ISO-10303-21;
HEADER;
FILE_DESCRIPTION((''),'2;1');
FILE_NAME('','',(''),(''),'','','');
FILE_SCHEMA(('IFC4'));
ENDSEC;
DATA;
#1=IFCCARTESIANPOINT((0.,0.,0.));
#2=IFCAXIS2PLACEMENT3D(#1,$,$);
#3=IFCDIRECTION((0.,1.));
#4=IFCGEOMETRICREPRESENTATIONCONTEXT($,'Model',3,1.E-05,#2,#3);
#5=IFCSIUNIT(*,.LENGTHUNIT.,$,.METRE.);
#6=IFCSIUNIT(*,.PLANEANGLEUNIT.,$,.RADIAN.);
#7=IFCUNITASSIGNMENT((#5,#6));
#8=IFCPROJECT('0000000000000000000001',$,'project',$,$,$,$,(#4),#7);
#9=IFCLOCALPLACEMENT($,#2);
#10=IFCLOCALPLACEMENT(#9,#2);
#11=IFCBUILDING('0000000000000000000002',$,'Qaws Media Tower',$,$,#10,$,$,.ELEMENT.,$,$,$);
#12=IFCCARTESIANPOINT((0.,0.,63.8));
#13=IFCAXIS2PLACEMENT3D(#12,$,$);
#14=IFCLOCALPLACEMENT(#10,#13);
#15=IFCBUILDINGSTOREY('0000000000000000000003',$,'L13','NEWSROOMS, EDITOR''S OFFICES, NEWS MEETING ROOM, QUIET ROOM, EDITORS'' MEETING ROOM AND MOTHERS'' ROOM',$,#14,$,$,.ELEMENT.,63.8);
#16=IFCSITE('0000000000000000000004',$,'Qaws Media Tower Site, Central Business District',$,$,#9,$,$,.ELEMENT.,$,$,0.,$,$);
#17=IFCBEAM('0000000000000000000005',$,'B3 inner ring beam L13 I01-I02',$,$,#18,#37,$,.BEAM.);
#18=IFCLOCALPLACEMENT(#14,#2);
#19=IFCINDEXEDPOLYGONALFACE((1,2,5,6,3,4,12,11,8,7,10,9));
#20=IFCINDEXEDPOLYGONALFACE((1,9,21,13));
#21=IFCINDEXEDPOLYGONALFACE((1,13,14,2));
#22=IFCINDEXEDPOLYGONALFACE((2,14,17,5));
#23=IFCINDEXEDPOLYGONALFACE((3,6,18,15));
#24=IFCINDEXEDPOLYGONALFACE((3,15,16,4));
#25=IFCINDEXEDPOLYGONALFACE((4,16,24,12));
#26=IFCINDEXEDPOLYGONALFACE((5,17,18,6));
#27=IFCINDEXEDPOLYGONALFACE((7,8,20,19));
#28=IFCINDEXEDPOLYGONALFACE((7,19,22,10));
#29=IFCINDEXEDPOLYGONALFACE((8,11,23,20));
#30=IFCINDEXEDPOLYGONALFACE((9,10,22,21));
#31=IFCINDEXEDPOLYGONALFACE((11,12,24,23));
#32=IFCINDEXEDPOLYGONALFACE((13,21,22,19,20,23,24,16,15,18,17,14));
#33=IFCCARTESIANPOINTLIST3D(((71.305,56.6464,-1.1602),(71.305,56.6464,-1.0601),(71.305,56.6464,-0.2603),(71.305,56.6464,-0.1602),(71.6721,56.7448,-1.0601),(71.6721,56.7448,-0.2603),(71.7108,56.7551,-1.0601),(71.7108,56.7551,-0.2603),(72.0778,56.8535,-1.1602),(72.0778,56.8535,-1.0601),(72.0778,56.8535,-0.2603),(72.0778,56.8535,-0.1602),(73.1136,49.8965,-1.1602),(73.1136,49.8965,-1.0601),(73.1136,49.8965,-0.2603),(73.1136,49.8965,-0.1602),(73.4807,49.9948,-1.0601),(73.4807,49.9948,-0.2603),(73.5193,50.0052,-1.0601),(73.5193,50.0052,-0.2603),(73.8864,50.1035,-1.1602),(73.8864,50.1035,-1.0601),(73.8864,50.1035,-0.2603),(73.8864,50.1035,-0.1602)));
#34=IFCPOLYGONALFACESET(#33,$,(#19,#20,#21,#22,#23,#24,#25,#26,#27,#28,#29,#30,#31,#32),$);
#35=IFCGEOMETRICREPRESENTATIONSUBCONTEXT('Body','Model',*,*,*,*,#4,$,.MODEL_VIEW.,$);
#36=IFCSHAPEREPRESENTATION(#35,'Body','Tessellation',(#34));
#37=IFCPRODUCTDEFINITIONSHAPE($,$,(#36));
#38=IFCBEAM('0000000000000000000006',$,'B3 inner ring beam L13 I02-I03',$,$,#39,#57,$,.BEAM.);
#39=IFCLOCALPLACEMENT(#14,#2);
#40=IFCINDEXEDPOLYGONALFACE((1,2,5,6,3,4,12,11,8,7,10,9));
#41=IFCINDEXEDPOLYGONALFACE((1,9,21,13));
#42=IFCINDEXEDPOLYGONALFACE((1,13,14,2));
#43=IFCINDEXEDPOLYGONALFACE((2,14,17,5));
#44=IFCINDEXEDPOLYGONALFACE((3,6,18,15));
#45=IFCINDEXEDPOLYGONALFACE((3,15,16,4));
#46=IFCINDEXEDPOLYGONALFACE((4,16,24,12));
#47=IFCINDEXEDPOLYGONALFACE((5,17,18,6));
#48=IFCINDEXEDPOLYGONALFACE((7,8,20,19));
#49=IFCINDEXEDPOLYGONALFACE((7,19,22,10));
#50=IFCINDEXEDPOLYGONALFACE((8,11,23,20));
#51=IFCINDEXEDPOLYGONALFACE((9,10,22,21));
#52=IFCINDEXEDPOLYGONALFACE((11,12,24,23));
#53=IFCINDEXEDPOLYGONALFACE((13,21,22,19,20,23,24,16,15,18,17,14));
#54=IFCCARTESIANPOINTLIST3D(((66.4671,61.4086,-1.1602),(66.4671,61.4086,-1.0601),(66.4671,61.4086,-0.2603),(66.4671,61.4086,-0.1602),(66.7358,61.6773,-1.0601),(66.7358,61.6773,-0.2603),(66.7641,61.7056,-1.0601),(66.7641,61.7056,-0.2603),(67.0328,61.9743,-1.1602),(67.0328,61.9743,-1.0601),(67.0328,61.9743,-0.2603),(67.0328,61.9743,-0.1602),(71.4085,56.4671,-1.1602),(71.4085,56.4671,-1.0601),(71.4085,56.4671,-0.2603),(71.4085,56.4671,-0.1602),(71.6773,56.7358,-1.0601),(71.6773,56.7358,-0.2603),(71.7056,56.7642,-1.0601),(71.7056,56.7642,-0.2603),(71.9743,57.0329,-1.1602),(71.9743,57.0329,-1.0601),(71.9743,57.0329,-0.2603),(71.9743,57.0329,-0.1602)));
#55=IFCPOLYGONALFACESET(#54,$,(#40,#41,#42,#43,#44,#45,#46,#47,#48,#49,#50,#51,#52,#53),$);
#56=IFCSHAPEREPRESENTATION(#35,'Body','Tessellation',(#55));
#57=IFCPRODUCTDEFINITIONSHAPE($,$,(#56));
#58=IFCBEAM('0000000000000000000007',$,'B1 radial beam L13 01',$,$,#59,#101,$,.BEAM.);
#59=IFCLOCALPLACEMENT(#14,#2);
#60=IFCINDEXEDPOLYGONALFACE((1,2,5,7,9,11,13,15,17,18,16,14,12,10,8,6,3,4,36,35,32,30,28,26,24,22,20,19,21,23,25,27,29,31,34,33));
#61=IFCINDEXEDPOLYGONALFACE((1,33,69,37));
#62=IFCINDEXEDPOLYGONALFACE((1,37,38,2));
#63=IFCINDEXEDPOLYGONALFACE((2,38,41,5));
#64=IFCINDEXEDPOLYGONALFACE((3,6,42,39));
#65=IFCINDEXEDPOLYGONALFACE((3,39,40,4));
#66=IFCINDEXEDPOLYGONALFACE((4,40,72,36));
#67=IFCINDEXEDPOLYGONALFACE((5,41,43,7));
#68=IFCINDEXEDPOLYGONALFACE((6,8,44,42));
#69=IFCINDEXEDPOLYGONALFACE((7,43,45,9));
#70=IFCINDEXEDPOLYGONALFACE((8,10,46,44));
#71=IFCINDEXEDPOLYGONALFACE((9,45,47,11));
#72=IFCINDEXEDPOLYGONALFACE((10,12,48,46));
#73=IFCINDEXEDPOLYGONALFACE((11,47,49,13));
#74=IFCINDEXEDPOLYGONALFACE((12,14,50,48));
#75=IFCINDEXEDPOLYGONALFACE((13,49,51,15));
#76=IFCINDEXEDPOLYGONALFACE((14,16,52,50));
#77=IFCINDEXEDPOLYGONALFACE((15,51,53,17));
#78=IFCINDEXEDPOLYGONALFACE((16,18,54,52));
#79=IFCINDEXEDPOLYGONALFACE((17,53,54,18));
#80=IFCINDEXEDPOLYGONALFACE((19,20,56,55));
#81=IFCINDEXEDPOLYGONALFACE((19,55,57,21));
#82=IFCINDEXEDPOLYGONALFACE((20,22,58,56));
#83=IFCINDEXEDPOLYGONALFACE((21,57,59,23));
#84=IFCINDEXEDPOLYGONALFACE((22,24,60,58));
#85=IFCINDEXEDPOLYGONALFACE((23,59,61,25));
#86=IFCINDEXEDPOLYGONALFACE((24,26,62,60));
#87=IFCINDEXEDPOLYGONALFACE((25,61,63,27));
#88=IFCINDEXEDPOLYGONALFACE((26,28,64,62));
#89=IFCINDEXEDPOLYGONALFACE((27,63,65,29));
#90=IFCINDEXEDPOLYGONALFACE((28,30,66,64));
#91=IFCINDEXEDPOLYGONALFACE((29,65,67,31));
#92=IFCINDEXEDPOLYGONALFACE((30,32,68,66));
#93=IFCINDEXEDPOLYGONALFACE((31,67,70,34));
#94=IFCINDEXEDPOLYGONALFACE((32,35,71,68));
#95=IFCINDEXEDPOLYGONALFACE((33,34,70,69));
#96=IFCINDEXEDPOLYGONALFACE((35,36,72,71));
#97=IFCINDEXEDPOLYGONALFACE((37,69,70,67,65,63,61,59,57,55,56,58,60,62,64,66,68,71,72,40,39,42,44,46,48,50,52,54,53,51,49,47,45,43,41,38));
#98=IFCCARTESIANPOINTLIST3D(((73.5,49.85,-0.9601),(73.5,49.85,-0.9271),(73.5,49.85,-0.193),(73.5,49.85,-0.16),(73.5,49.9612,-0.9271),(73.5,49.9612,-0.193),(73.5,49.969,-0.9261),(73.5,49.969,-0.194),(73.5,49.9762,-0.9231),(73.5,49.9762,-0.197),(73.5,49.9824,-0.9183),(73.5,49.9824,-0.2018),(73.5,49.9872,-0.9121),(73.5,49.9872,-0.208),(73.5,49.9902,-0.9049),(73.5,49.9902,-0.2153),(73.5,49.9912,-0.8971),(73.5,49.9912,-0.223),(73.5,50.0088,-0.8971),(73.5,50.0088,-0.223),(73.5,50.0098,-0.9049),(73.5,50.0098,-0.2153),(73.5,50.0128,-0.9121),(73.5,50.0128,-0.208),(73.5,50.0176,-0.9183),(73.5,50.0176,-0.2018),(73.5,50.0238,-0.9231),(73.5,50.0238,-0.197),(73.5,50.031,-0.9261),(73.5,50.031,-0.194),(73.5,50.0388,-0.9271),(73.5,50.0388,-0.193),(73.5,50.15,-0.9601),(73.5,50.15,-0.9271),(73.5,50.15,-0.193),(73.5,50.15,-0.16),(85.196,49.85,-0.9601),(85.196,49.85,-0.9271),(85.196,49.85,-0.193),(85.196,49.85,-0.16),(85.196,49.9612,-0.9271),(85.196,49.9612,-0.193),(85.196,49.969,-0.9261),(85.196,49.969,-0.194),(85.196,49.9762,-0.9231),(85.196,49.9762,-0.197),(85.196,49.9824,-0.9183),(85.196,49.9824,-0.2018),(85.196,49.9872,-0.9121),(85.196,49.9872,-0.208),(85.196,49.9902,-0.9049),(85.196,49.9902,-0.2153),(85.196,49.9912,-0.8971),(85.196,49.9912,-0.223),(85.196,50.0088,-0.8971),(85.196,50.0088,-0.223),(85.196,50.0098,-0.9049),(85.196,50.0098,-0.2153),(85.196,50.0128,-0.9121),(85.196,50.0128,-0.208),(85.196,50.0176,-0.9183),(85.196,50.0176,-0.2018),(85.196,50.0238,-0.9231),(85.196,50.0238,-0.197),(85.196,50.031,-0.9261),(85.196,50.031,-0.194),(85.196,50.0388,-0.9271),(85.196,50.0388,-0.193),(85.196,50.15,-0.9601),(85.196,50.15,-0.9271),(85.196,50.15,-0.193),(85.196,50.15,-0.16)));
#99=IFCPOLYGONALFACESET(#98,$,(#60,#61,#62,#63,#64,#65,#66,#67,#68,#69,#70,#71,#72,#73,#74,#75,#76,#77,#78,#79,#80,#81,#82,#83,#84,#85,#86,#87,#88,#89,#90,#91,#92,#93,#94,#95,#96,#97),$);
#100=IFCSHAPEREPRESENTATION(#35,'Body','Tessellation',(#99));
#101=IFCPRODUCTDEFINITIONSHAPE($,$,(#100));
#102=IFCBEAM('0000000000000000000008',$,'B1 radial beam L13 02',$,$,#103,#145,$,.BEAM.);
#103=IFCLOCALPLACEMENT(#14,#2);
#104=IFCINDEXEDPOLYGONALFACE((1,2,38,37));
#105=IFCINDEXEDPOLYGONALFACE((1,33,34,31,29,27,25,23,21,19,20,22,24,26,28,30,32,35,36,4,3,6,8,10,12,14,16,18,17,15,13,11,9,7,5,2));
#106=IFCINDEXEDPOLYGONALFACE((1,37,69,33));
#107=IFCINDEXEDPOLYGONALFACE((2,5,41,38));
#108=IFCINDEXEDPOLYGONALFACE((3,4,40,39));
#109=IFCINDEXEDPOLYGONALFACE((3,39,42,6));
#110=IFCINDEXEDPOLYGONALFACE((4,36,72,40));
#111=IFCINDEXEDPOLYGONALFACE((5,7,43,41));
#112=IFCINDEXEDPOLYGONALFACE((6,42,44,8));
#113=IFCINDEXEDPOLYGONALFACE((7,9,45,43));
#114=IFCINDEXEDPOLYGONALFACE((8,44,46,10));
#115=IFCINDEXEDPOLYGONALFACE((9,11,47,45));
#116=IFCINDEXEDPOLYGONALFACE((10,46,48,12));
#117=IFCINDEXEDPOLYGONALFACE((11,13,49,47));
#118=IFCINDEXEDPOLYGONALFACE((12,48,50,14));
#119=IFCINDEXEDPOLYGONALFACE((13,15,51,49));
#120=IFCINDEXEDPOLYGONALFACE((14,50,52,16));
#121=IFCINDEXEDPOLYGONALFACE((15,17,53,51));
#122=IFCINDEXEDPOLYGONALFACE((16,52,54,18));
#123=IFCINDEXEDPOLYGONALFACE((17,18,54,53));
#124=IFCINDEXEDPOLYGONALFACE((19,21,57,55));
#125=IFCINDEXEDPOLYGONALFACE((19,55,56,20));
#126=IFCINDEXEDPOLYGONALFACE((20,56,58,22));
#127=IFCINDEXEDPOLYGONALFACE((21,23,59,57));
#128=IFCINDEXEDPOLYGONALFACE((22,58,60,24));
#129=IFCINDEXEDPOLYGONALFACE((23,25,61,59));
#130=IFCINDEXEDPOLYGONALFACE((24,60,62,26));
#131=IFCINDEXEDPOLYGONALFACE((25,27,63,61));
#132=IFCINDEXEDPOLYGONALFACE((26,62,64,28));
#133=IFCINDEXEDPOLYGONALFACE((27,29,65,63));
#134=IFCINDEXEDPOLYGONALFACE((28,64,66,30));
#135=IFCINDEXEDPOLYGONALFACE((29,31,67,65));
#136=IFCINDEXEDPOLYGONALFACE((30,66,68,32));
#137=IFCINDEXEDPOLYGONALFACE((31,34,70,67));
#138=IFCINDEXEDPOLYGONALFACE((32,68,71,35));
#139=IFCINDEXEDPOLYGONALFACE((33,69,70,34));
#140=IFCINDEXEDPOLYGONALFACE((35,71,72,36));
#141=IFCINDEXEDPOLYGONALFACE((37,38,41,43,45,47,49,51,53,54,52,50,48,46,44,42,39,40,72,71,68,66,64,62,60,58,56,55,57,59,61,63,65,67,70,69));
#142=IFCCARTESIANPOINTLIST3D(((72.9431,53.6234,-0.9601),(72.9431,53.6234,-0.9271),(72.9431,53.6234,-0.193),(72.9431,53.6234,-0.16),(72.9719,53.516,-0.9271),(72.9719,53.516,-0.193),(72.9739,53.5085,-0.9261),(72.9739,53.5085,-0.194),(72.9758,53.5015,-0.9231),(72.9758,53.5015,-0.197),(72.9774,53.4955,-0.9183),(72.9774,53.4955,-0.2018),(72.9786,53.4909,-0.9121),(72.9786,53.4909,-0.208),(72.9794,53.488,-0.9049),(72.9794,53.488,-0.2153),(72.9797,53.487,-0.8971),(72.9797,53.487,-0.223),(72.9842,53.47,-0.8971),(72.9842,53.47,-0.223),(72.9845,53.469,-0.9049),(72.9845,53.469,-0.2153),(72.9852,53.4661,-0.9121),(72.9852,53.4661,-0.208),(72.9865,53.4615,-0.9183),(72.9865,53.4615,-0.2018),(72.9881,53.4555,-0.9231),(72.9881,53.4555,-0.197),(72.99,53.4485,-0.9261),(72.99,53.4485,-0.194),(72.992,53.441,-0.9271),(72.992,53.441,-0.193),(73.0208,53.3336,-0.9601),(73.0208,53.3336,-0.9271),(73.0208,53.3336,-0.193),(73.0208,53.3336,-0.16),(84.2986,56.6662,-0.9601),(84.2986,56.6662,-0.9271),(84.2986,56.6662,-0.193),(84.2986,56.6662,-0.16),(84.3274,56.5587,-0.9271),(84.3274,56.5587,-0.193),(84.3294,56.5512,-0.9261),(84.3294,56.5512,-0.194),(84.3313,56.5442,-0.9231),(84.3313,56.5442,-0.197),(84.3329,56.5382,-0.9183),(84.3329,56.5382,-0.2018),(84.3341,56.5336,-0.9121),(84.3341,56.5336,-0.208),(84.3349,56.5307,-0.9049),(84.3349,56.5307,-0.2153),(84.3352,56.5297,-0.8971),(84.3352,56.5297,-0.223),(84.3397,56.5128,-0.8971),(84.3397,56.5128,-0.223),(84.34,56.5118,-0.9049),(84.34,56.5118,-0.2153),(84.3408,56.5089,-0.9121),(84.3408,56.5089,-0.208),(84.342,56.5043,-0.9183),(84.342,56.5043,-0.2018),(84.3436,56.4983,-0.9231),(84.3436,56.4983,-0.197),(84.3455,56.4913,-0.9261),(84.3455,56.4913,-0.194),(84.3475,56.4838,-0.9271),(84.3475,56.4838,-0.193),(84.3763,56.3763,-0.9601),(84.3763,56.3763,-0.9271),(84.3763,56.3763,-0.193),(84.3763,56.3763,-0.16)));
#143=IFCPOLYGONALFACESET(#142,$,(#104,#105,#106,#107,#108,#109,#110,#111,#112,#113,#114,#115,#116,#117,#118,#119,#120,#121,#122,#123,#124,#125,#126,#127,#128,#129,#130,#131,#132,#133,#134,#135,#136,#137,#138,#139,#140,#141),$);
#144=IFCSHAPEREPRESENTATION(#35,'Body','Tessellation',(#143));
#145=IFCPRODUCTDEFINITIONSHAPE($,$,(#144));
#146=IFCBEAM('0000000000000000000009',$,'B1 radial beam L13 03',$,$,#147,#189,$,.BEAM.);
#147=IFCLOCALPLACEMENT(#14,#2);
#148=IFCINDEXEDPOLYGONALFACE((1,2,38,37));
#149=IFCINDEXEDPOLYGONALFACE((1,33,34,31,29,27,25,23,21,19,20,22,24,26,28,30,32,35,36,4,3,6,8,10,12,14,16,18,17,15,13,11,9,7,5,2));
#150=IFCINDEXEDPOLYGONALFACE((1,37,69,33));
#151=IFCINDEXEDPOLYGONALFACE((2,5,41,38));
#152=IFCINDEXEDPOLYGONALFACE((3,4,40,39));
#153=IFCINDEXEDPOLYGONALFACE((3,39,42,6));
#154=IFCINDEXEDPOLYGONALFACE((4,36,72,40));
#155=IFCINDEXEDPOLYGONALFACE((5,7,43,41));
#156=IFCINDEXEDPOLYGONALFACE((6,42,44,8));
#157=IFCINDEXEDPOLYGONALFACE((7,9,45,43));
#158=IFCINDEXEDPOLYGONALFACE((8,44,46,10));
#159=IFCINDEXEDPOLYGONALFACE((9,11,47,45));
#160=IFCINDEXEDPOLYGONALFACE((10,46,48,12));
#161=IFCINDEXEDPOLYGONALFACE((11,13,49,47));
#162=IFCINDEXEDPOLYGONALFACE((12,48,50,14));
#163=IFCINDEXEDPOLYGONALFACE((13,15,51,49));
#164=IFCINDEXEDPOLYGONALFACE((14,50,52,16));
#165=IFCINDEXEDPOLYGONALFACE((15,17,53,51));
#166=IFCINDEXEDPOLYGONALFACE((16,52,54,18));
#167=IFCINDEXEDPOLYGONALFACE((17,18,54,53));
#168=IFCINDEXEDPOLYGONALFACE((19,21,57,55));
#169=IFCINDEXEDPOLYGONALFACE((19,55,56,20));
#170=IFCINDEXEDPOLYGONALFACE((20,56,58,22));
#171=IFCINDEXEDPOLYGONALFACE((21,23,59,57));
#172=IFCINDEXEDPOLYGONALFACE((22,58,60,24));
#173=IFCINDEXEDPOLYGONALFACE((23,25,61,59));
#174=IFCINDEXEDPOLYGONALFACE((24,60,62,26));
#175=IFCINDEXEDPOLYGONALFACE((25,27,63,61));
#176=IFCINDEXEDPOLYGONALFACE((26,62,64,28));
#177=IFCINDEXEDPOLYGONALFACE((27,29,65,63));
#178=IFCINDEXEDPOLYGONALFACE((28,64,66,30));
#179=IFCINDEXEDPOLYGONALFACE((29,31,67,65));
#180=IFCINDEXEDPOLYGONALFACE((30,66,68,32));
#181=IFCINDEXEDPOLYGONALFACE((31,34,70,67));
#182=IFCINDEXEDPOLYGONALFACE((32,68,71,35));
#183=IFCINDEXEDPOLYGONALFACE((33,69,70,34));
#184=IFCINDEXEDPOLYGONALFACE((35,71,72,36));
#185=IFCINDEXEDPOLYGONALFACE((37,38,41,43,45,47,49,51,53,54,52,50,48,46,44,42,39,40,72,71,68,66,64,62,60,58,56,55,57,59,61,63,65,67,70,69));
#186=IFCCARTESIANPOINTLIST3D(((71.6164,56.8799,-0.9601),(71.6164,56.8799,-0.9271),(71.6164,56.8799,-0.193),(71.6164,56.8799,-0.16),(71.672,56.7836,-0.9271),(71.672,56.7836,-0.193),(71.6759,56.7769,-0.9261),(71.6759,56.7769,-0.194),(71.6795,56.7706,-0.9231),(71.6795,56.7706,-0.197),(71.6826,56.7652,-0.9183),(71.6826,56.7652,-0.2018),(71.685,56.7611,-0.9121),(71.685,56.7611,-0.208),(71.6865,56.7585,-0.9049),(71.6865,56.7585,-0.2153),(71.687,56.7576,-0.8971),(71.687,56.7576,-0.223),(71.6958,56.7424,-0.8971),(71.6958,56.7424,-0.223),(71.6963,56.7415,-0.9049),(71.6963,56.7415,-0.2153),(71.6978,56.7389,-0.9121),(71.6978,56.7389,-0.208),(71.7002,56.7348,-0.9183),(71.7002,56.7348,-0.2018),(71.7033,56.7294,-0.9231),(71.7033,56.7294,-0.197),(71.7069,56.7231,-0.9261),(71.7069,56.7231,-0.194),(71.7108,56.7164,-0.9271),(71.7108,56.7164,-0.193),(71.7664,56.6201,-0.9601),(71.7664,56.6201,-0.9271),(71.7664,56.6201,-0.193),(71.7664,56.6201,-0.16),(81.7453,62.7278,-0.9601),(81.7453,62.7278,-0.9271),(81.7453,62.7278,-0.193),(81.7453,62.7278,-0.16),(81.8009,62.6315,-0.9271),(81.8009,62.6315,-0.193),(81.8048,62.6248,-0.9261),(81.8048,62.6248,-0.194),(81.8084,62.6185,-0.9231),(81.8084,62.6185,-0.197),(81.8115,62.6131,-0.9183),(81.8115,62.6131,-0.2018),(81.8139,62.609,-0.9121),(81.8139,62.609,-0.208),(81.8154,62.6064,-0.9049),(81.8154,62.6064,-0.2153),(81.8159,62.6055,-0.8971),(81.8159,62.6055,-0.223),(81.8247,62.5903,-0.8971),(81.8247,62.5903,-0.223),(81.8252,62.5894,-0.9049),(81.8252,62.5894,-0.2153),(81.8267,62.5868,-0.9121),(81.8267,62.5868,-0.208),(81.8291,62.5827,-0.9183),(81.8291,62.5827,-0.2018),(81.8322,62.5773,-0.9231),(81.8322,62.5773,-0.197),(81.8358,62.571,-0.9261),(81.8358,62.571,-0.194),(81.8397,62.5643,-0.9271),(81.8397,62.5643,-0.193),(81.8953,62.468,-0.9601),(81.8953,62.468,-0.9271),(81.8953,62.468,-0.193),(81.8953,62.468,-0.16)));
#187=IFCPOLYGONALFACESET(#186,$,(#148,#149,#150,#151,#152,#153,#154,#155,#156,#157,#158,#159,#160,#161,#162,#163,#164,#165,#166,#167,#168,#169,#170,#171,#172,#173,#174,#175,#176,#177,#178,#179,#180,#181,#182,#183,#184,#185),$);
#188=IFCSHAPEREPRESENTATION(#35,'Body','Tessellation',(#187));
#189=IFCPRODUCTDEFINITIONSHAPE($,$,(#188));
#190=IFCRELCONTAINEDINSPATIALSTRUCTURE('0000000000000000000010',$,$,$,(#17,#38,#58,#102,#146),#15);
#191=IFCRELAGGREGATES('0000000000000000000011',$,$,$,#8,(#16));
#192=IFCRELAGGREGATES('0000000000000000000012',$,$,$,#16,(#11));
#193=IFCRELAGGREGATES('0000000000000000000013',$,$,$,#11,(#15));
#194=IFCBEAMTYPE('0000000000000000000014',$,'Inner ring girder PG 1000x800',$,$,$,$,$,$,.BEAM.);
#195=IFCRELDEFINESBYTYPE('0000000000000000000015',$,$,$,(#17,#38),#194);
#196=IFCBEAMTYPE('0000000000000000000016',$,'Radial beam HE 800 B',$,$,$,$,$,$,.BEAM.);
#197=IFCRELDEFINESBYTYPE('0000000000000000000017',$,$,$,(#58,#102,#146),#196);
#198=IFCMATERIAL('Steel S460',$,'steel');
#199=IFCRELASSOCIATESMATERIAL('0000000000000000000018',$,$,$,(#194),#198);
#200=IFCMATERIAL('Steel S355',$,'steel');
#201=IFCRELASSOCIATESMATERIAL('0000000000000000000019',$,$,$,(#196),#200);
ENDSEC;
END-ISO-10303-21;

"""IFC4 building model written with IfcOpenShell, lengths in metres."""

from ifc_helpers import new_model, si_unit, direction, frame, origin, origin_2d, place, context, subcontext, project, spatial, i_section, extrude, material, material_profile, profile_set, type_object, element, save


model = new_model("IFC4")

# Units and contexts
model_context = context("Model", 3, precision=1e-05, world=origin(), true_north=direction((0.0, 1.0)))
body_context = subcontext(model_context, "Body", "Model", "MODEL_VIEW")
ifc_project = project(units=[si_unit("LENGTHUNIT", "METRE"), si_unit("PLANEANGLEUNIT", "RADIAN")], contexts=[model_context])

# Site, building, storey
site_placement = place(None, origin())
site = spatial("IfcSite", under=ifc_project, at=site_placement, Name="Qaws Media Tower Site, Central Business District", CompositionType="ELEMENT", RefElevation=0.0)
building_placement = place(site_placement, origin())
building = spatial("IfcBuilding", under=site, at=building_placement, Name="Qaws Media Tower", CompositionType="ELEMENT")
storey_placement = place(building_placement, frame((0.0, 0.0, 63.8)))
storey = spatial("IfcBuildingStorey", under=building, at=storey_placement, Name="L13", Description="NEWSROOMS, EDITOR'S OFFICES, NEWS MEETING ROOM, QUIET ROOM, EDITORS' MEETING ROOM AND MOTHERS' ROOM", CompositionType="ELEMENT", Elevation=63.8)

# Beams
ifc_material_1 = material(Name="Steel S460", Category="steel")
ifc_material_profile_1 = material_profile(ifc_material_1, i_section(OverallWidth=0.8, OverallDepth=1.0, WebThickness=0.04, FlangeThickness=0.1001, at=origin_2d()), Name="PG 1000x800")
ifc_profile_set_1 = profile_set([ifc_material_profile_1], Name="Steel S460")
beam_type_1 = type_object("IfcBeamType", Name="Inner ring girder PG 1000x800", PredefinedType="BEAM", material=ifc_profile_set_1)
beam_1_placement = place(storey_placement, frame((73.5, 50.0, -0.6602), z_axis=(-0.258811, 0.965928, 0.0), x_axis=(-0.965928, -0.258811, 0.0)))
element("IfcBeam", 1, at=beam_1_placement, inside=storey, type_object=beam_type_1, Name="B3 inner ring beam L13 I01-I02", PredefinedType="BEAM", context=body_context, shape_type="SweptSolid", body=[
    extrude(i_section(OverallWidth=0.8, OverallDepth=1.0, WebThickness=0.04, FlangeThickness=0.1001, at=origin_2d()), origin(), (0.0, 0.0, 1.0), 6.988),
])
beam_2_placement = place(storey_placement, frame((71.6914, 56.75, -0.6602), z_axis=(-0.707107, 0.707107, 0.0), x_axis=(-0.707107, -0.707107, 0.0)))
element("IfcBeam", 2, at=beam_2_placement, inside=storey, type_object=beam_type_1, Name="B3 inner ring beam L13 I02-I03", PredefinedType="BEAM", context=body_context, shape_type="SweptSolid", body=[
    extrude(i_section(OverallWidth=0.8, OverallDepth=1.0, WebThickness=0.04, FlangeThickness=0.1001, at=origin_2d()), origin(), (0.0, 0.0, 1.0), 6.9883),
])
ifc_material_2 = material(Name="Steel S355", Category="steel")
ifc_material_profile_2 = material_profile(ifc_material_2, i_section(OverallWidth=0.3, OverallDepth=0.8, WebThickness=0.0176, FlangeThickness=0.033, FilletRadius=0.03, at=origin_2d()), Name="HE 800 B")
ifc_profile_set_2 = profile_set([ifc_material_profile_2], Name="Steel S355")
beam_type_2 = type_object("IfcBeamType", Name="Radial beam HE 800 B", PredefinedType="BEAM", material=ifc_profile_set_2)
beam_3_placement = place(storey_placement, frame((73.5, 50.0, -0.5601), z_axis=(1.0, 0.0, 0.0), x_axis=(0.0, 1.0, 0.0)))
element("IfcBeam", 3, at=beam_3_placement, inside=storey, type_object=beam_type_2, Name="B1 radial beam L13 01", PredefinedType="BEAM", context=body_context, shape_type="SweptSolid", body=[
    extrude(i_section(OverallWidth=0.3, OverallDepth=0.8, WebThickness=0.0176, FlangeThickness=0.033, FilletRadius=0.03, at=origin_2d()), origin(), (0.0, 0.0, 1.0), 11.696),
])
beam_4_placement = place(storey_placement, frame((72.9819, 53.4785, -0.5601), z_axis=(0.965925, 0.258822, 0.0), x_axis=(-0.258822, 0.965925, 0.0)))
element("IfcBeam", 4, at=beam_4_placement, inside=storey, type_object=beam_type_2, Name="B1 radial beam L13 02", PredefinedType="BEAM", context=body_context, shape_type="SweptSolid", body=[
    extrude(i_section(OverallWidth=0.3, OverallDepth=0.8, WebThickness=0.0176, FlangeThickness=0.033, FilletRadius=0.03, at=origin_2d()), origin(), (0.0, 0.0, 1.0), 11.7561),
])
beam_5_placement = place(storey_placement, frame((71.6914, 56.75, -0.5601), z_axis=(0.866026, 0.499998, 0.0), x_axis=(-0.499998, 0.866026, 0.0)))
element("IfcBeam", 5, at=beam_5_placement, inside=storey, type_object=beam_type_2, Name="B1 radial beam L13 03", PredefinedType="BEAM", context=body_context, shape_type="SweptSolid", body=[
    extrude(i_section(OverallWidth=0.3, OverallDepth=0.8, WebThickness=0.0176, FlangeThickness=0.033, FilletRadius=0.03, at=origin_2d()), origin(), (0.0, 0.0, 1.0), 11.6958),
])

save(model, "model.ifc")
